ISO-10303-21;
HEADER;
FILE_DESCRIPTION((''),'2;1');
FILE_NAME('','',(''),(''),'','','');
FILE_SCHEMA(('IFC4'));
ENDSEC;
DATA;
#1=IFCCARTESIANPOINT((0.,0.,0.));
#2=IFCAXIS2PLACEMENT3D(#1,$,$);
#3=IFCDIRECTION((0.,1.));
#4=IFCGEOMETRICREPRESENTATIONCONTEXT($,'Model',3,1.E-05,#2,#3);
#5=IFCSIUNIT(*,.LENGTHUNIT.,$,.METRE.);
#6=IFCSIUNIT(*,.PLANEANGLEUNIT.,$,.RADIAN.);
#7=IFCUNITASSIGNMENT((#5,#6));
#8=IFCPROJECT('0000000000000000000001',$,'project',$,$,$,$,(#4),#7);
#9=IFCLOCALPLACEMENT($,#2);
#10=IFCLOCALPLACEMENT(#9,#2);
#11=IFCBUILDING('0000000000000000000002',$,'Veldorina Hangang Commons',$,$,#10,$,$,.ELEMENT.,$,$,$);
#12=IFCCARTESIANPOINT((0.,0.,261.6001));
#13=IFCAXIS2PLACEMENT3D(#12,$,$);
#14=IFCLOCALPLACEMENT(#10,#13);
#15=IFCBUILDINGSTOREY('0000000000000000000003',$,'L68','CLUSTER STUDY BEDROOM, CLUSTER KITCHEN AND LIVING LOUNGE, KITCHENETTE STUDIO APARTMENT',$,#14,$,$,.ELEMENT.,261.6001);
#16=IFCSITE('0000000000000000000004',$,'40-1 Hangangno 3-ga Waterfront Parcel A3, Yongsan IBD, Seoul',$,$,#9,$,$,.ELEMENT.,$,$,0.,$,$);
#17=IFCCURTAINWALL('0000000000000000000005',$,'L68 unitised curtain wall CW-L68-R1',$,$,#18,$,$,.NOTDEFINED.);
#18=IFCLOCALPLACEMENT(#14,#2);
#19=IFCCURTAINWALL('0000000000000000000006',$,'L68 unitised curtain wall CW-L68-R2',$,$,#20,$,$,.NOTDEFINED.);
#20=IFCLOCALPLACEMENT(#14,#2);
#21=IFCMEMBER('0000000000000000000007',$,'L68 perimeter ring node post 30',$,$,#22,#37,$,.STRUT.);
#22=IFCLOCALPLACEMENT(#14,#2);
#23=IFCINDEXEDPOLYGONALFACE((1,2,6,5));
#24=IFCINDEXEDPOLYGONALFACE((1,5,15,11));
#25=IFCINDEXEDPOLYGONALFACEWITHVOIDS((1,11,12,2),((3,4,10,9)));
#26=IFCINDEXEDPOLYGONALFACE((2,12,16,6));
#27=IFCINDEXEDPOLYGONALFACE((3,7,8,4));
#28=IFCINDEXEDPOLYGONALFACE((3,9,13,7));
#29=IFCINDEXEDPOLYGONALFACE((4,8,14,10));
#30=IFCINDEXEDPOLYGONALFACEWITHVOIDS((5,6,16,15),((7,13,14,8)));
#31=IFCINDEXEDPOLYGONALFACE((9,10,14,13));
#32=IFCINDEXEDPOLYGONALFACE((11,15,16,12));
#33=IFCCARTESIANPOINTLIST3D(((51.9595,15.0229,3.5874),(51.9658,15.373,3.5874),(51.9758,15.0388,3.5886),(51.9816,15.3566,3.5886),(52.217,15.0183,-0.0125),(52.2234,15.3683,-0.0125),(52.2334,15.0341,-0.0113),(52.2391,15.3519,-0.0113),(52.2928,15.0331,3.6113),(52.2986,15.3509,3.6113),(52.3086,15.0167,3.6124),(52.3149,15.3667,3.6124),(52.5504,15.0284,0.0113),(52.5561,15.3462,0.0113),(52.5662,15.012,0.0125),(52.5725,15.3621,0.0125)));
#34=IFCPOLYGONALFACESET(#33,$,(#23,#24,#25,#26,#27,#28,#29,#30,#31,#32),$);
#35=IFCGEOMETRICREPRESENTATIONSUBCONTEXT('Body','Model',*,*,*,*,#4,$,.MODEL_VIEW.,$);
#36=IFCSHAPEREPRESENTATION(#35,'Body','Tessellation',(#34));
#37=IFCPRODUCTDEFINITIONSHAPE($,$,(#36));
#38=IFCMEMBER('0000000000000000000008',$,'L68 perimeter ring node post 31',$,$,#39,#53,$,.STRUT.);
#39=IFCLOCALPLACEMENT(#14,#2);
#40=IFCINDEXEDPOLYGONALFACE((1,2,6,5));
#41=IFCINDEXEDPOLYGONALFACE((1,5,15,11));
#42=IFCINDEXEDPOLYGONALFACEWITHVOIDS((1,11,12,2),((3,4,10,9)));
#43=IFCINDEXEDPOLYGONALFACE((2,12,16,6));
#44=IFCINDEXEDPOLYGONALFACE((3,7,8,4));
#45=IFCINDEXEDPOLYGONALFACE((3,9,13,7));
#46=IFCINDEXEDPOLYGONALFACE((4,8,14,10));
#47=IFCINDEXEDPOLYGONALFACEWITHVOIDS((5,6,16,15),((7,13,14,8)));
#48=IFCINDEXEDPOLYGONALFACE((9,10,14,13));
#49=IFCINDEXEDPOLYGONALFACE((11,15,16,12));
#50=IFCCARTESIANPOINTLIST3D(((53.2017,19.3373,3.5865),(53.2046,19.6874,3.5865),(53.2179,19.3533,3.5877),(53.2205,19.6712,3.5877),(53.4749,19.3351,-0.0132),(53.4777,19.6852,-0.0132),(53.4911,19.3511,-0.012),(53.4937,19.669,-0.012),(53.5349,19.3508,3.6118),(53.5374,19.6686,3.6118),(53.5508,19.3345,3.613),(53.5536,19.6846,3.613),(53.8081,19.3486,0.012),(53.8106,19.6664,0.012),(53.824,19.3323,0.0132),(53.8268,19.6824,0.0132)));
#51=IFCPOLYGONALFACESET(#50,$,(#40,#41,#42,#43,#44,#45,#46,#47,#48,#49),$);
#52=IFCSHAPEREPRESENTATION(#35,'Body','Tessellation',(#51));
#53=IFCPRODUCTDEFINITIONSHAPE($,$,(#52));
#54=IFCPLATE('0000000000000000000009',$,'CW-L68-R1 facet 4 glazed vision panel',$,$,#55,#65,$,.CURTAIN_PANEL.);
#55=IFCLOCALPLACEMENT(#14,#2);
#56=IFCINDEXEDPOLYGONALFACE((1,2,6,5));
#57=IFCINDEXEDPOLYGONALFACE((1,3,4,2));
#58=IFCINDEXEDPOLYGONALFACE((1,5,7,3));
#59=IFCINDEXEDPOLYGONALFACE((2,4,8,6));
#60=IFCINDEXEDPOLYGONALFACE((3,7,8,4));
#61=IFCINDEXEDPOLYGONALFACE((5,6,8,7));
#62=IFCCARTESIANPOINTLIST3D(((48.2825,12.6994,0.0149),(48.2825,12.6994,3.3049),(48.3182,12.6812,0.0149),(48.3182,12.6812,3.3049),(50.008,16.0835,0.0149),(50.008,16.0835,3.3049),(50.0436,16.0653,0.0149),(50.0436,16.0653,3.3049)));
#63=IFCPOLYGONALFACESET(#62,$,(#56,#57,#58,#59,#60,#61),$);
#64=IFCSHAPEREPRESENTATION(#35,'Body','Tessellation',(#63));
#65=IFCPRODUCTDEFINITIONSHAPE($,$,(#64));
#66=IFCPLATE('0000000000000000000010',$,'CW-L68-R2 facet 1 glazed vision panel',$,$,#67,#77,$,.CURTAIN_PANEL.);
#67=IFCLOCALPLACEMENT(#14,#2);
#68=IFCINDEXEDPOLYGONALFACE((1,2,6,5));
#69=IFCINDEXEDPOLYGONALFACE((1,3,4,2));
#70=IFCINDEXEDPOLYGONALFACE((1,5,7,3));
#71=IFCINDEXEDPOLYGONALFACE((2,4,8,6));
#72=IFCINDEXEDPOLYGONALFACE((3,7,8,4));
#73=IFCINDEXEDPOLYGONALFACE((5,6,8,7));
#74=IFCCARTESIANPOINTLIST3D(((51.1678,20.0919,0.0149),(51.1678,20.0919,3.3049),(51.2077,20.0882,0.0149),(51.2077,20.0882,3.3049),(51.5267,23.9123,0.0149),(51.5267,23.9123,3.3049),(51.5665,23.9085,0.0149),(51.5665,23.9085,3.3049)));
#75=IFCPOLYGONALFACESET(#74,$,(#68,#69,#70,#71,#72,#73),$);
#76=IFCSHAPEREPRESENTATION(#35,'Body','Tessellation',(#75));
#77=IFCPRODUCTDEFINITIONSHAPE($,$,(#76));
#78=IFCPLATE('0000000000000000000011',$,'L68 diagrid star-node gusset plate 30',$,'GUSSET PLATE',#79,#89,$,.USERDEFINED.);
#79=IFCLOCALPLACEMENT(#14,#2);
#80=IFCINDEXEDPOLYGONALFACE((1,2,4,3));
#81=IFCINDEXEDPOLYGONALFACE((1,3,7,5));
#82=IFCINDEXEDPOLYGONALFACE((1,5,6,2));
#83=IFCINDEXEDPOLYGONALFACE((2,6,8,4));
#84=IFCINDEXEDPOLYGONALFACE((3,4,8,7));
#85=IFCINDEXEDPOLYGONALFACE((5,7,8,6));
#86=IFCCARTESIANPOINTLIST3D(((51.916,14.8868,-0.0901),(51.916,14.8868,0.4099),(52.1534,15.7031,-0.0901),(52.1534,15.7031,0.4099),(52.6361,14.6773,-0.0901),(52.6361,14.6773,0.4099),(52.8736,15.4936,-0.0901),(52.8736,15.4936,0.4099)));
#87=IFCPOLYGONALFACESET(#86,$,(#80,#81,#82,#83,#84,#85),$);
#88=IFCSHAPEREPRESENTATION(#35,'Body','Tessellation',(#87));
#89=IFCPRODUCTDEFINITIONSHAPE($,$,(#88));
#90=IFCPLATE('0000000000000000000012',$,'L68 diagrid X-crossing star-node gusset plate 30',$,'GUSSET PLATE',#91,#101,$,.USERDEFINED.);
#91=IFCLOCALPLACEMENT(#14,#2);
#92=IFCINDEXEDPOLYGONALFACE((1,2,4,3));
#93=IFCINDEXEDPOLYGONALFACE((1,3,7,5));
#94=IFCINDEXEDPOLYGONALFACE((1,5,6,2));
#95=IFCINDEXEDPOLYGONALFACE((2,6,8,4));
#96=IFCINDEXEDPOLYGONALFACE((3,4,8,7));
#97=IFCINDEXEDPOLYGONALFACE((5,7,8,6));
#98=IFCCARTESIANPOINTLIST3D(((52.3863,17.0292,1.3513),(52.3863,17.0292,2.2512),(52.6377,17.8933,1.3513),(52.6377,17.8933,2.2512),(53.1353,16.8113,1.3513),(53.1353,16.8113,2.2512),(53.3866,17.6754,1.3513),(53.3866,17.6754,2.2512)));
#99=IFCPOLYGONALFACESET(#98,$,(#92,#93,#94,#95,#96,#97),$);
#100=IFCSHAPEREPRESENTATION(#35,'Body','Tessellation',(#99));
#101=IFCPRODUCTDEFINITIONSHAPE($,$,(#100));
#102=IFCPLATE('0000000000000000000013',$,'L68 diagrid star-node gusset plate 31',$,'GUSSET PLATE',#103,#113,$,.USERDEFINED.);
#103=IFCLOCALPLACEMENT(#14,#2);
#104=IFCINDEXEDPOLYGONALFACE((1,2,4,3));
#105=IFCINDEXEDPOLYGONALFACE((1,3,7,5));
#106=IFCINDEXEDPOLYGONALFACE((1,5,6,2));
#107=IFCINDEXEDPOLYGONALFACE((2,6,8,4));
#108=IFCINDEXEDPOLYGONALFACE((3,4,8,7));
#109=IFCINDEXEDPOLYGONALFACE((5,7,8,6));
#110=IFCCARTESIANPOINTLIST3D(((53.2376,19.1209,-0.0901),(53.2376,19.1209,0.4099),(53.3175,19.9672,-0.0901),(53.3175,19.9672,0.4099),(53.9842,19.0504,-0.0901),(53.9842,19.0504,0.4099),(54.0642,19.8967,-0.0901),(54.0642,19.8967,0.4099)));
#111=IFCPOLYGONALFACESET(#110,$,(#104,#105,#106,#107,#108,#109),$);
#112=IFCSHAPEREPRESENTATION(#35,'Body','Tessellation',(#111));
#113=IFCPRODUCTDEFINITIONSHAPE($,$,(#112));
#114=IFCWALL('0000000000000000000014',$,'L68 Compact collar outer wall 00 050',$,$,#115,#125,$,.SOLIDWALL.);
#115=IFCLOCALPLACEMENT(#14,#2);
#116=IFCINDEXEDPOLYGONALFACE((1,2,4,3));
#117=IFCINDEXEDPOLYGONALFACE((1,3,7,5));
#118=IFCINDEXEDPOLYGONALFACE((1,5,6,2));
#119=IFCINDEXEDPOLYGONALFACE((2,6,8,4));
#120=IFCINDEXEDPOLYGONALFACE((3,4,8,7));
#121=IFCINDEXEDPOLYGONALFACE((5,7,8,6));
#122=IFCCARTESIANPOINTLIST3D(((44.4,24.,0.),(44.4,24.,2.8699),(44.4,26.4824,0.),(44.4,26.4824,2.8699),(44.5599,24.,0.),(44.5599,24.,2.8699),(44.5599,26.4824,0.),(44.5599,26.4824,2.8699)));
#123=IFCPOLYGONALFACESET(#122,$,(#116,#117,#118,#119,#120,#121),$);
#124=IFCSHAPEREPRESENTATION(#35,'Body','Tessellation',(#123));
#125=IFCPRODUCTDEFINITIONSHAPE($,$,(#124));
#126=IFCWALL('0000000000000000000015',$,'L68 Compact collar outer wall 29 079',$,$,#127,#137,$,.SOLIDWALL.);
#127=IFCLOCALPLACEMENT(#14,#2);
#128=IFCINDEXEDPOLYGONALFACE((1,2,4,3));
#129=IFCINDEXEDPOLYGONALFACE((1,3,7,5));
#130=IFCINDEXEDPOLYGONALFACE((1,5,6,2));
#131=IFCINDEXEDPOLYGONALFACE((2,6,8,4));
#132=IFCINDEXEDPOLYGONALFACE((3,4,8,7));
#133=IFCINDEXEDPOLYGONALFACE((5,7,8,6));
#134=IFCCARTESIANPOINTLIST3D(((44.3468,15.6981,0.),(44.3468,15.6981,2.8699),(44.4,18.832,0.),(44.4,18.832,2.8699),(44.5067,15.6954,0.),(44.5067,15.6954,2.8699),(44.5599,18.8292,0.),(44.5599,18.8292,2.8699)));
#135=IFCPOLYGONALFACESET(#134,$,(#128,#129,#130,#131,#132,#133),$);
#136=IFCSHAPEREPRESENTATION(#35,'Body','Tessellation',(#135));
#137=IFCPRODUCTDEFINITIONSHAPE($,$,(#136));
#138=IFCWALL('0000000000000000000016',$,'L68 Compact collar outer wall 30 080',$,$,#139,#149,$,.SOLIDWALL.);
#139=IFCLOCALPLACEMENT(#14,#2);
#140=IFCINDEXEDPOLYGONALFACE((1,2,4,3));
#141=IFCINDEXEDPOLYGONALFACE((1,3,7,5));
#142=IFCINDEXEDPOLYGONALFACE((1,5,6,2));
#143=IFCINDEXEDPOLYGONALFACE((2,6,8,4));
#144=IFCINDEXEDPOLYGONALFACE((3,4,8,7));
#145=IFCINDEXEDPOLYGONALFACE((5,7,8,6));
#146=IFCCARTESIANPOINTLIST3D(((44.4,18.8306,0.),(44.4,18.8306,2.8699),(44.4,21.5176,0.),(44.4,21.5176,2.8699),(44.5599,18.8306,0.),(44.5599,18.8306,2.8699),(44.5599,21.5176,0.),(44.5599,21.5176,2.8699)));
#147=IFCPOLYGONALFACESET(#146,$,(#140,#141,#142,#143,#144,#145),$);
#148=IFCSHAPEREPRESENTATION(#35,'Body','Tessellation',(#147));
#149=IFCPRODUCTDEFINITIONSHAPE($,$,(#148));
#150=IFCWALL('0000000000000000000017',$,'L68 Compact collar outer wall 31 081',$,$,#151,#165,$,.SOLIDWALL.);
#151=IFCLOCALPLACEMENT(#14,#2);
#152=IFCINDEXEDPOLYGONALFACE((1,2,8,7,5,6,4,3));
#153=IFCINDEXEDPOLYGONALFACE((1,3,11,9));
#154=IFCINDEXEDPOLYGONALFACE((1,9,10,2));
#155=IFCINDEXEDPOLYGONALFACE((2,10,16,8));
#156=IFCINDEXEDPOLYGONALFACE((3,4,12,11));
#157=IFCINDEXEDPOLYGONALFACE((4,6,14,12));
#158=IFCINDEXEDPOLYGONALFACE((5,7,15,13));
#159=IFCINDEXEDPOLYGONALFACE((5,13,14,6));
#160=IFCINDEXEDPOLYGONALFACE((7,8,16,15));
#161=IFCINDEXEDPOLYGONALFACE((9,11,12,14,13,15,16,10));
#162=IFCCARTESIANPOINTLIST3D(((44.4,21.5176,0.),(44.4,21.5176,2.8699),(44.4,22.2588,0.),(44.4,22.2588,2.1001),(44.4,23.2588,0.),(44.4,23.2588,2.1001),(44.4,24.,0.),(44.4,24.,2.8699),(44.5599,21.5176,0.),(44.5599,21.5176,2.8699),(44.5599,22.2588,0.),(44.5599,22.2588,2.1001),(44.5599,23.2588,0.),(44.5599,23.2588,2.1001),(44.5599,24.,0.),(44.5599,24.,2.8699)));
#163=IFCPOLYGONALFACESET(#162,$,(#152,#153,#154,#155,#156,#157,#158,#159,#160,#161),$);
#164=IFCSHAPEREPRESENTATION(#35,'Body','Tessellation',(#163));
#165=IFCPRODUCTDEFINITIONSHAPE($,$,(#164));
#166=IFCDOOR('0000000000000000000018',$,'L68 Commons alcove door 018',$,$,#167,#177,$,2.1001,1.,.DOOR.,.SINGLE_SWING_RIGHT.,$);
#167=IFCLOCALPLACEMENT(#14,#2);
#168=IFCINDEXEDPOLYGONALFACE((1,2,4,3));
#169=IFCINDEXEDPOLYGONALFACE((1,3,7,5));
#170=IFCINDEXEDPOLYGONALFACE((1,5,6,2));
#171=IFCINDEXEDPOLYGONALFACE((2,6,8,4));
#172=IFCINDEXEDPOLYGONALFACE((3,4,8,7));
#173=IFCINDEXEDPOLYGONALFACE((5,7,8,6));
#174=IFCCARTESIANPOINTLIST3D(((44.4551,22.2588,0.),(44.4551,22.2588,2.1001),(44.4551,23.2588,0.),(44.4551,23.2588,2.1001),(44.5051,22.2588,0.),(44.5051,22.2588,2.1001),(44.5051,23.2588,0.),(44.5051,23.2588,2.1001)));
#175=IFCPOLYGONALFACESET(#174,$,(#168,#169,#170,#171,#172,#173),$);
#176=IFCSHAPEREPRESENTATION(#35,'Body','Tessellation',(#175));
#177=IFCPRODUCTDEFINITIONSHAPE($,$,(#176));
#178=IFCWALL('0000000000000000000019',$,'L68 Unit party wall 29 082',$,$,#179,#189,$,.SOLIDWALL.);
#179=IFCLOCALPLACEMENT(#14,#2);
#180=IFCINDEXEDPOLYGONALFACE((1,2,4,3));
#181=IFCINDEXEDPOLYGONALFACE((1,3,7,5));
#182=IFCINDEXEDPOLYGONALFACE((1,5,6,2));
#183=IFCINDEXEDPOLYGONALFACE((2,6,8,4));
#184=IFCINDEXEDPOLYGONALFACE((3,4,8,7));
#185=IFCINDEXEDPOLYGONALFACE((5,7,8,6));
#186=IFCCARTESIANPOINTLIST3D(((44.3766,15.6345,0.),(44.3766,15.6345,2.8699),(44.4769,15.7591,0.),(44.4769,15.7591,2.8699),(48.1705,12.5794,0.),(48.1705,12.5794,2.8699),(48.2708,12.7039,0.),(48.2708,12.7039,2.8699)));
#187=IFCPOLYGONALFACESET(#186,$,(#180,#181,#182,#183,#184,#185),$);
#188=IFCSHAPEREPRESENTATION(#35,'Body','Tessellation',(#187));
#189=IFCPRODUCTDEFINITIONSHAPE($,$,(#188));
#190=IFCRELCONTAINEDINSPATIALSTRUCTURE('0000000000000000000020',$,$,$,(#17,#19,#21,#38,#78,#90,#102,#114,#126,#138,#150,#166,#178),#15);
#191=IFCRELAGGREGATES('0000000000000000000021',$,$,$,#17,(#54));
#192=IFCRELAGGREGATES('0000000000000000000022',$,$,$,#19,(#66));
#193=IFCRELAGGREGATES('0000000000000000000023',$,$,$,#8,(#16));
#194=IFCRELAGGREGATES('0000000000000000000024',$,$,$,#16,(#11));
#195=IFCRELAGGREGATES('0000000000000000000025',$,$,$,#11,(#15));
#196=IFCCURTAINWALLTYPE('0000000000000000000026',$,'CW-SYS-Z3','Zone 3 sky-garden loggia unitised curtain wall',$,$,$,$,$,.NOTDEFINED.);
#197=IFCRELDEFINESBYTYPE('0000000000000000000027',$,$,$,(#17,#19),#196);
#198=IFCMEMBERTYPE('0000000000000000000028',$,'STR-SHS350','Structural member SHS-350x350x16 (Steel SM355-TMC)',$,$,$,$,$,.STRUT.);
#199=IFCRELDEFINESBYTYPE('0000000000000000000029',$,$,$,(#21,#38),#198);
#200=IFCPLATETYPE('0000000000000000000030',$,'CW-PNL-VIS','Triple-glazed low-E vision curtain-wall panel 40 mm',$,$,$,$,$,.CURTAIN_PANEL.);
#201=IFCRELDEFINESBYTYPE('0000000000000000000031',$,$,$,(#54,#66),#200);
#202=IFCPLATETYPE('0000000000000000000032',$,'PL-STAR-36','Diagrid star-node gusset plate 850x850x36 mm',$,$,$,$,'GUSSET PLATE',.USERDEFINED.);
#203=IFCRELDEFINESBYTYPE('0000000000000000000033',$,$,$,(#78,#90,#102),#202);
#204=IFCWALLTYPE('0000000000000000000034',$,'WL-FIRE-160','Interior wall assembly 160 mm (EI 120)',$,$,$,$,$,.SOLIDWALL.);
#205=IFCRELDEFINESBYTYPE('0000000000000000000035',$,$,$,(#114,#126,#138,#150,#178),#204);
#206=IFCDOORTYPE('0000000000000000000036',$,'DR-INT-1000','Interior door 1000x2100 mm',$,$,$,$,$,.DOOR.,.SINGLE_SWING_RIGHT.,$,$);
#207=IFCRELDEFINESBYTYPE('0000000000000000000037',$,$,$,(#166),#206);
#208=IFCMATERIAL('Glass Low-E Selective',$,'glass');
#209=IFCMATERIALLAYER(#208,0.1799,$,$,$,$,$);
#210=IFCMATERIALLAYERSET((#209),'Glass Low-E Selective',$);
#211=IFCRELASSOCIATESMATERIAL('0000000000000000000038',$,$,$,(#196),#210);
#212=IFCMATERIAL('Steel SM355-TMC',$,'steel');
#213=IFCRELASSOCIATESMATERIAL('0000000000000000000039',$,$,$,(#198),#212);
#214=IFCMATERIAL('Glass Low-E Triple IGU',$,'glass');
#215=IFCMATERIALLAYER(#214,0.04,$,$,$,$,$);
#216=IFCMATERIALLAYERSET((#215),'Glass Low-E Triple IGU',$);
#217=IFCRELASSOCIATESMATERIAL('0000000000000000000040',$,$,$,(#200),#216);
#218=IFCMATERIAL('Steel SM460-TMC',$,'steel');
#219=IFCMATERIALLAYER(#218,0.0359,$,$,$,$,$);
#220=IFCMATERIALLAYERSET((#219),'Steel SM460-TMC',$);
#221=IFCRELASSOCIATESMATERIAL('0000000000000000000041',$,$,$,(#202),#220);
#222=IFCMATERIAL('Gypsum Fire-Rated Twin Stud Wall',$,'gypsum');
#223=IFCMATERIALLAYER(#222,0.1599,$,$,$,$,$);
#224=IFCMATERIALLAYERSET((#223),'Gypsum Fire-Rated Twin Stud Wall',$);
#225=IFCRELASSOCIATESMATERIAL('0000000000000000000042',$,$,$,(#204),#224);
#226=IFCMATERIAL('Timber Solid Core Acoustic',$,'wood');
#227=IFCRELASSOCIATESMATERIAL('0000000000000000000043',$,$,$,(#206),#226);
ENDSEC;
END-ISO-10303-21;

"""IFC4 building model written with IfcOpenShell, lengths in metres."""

from ifc_helpers import new_model, si_unit, direction, frame, frame_2d, origin, origin_2d, place, context, subcontext, project, spatial, rectangle, hollow_rectangle, extrude, material, layer, layer_set, material_profile, profile_set, type_object, element, fill, aggregate, save


model = new_model("IFC4")

# Units and contexts
model_context = context("Model", 3, precision=1e-05, world=origin(), true_north=direction((0.0, 1.0)))
body_context = subcontext(model_context, "Body", "Model", "MODEL_VIEW")
ifc_project = project(units=[si_unit("LENGTHUNIT", "METRE"), si_unit("PLANEANGLEUNIT", "RADIAN")], contexts=[model_context])

# Site, building, storey
site_placement = place(None, origin())
site = spatial("IfcSite", under=ifc_project, at=site_placement, Name="40-1 Hangangno 3-ga Waterfront Parcel A3, Yongsan IBD, Seoul", CompositionType="ELEMENT", RefElevation=0.0)
building_placement = place(site_placement, origin())
building = spatial("IfcBuilding", under=site, at=building_placement, Name="Veldorina Hangang Commons", CompositionType="ELEMENT")
storey_placement = place(building_placement, frame((0.0, 0.0, 261.6001)))
storey = spatial("IfcBuildingStorey", under=building, at=storey_placement, Name="L68", Description="CLUSTER STUDY BEDROOM, CLUSTER KITCHEN AND LIVING LOUNGE, KITCHENETTE STUDIO APARTMENT", CompositionType="ELEMENT", Elevation=261.6001)

# Shared definitions
ifc_material_1 = material(Name="Steel SM355-TMC", Category="steel")

# Curtain wall
ifc_material_2 = material(Name="Glass Low-E Selective", Category="glass")
ifc_layer_1 = layer(ifc_material_2, 0.1799)
ifc_layer_set_1 = layer_set([ifc_layer_1], Name="Glass Low-E Selective")
curtain_wall_type = type_object("IfcCurtainWallType", Name="CW-SYS-Z3", Description="Zone 3 sky-garden loggia unitised curtain wall", PredefinedType="NOTDEFINED", material=ifc_layer_set_1)
curtain_wall_1_placement = place(storey_placement, origin())
curtain_wall_1 = element("IfcCurtainWall", 1, at=curtain_wall_1_placement, inside=storey, type_object=curtain_wall_type, Name="L68 unitised curtain wall CW-L68-R1", PredefinedType="NOTDEFINED")

# Curtain wall
curtain_wall_2_placement = place(storey_placement, origin())
curtain_wall_2 = element("IfcCurtainWall", 2, at=curtain_wall_2_placement, inside=storey, type_object=curtain_wall_type, Name="L68 unitised curtain wall CW-L68-R2", PredefinedType="NOTDEFINED")

# Members
ifc_material_profile_1 = material_profile(ifc_material_1, hollow_rectangle(XDim=0.3501, YDim=0.3501, WallThickness=0.0161, at=origin_2d()), Name="SHS-350x350x16")
ifc_profile_set_1 = profile_set([ifc_material_profile_1], Name="Steel SM355-TMC")
member_type_1 = type_object("IfcMemberType", Name="STR-SHS350", Description="Structural member SHS-350x350x16 (Steel SM355-TMC)", PredefinedType="STRUT", material=ifc_profile_set_1)
member_1_placement = place(storey_placement, frame((52.3948, 15.1902, 0.0), z_axis=(-0.071367, 0.001285, 0.997449), x_axis=(-0.018007, -0.999838, 0.0)))
element("IfcMember", 3, at=member_1_placement, inside=storey, type_object=member_type_1, Name="L68 perimeter ring node post 30", PredefinedType="STRUT", context=body_context, shape_type="SweptSolid", body=[
    extrude(hollow_rectangle(XDim=0.3501, YDim=0.3501, WallThickness=0.0161, at=origin_2d()), origin(), (0.0, 0.0, 1.0), 3.6091),
])
member_2_placement = place(storey_placement, frame((53.6509, 19.5088, 0.0), z_axis=(-0.075673, 0.000609, 0.997133), x_axis=(-0.008043, -0.999968, 0.0)))
element("IfcMember", 4, at=member_2_placement, inside=storey, type_object=member_type_1, Name="L68 perimeter ring node post 31", PredefinedType="STRUT", context=body_context, shape_type="SweptSolid", body=[
    extrude(hollow_rectangle(XDim=0.3501, YDim=0.3501, WallThickness=0.0161, at=origin_2d()), origin(), (0.0, 0.0, 1.0), 3.6101),
])

# Plates
ifc_material_3 = material(Name="Glass Low-E Triple IGU", Category="glass")
ifc_layer_2 = layer(ifc_material_3, 0.04)
ifc_layer_set_2 = layer_set([ifc_layer_2], Name="Glass Low-E Triple IGU")
plate_type_1 = type_object("IfcPlateType", Name="CW-PNL-VIS", Description="Triple-glazed low-E vision curtain-wall panel 40 mm", PredefinedType="CURTAIN_PANEL", material=ifc_layer_set_2)
plate_1_placement = place(storey_placement, frame((49.1631, 14.3823, 0.0149), z_axis=(0.0, 0.0, 1.0), x_axis=(0.454224, 0.890888, 0.0)))
plate_1 = element("IfcPlate", 5, at=plate_1_placement, type_object=plate_type_1, Name="CW-L68-R1 facet 4 glazed vision panel", PredefinedType="CURTAIN_PANEL", context=body_context, shape_type="SweptSolid", body=[
    extrude(rectangle(XDim=3.7986, YDim=0.04, at=origin_2d()), origin(), (0.0, 0.0, 1.0), 3.29),
])
aggregate(curtain_wall_1, [plate_1])
plate_2_placement = place(storey_placement, frame((51.3672, 22.0002, 0.0149), z_axis=(0.0, 0.0, 1.0), x_axis=(0.093518, 0.995618, 0.0)))
plate_2 = element("IfcPlate", 6, at=plate_2_placement, type_object=plate_type_1, Name="CW-L68-R2 facet 1 glazed vision panel", PredefinedType="CURTAIN_PANEL", context=body_context, shape_type="SweptSolid", body=[
    extrude(rectangle(XDim=3.8372, YDim=0.04, at=origin_2d()), origin(), (0.0, 0.0, 1.0), 3.29),
])
aggregate(curtain_wall_2, [plate_2])

# Plates
ifc_material_4 = material(Name="Steel SM460-TMC", Category="steel")
ifc_layer_3 = layer(ifc_material_4, 0.0359)
ifc_layer_set_3 = layer_set([ifc_layer_3], Name="Steel SM460-TMC")
plate_type_2 = type_object("IfcPlateType", Name="PL-STAR-36", Description="Diagrid star-node gusset plate 850x850x36 mm", ElementType="GUSSET PLATE", PredefinedType="USERDEFINED", material=ifc_layer_set_3)
plate_3_placement = place(storey_placement, frame((52.3948, 15.1902, -0.0901), z_axis=(0.0, 0.0, 1.0), x_axis=(0.27931, 0.960201, 0.0)))
element("IfcPlate", 7, at=plate_3_placement, inside=storey, type_object=plate_type_2, Name="L68 diagrid star-node gusset plate 30", ObjectType="GUSSET PLATE", PredefinedType="USERDEFINED", context=body_context, shape_type="SweptSolid", body=[
    extrude(rectangle(XDim=0.8501, YDim=0.75, at=origin_2d()), origin(), (0.0, 0.0, 1.0), 0.5),
])
plate_4_placement = place(storey_placement, frame((52.8865, 17.3523, 1.3513), z_axis=(0.0, 0.0, 1.0), x_axis=(0.27931, 0.960201, 0.0)))
element("IfcPlate", 8, at=plate_4_placement, inside=storey, type_object=plate_type_2, Name="L68 diagrid X-crossing star-node gusset plate 30", ObjectType="GUSSET PLATE", PredefinedType="USERDEFINED", context=body_context, shape_type="SweptSolid", body=[
    extrude(rectangle(XDim=0.8999, YDim=0.78, at=origin_2d()), origin(), (0.0, 0.0, 1.0), 0.8999),
])
plate_5_placement = place(storey_placement, frame((53.6509, 19.5088, -0.0901), z_axis=(0.0, 0.0, 1.0), x_axis=(0.094039, 0.995569, 0.0)))
element("IfcPlate", 9, at=plate_5_placement, inside=storey, type_object=plate_type_2, Name="L68 diagrid star-node gusset plate 31", ObjectType="GUSSET PLATE", PredefinedType="USERDEFINED", context=body_context, shape_type="SweptSolid", body=[
    extrude(rectangle(XDim=0.8501, YDim=0.75, at=origin_2d()), origin(), (0.0, 0.0, 1.0), 0.5),
])

# Walls
ifc_material_5 = material(Name="Gypsum Fire-Rated Twin Stud Wall", Category="gypsum")
ifc_layer_4 = layer(ifc_material_5, 0.1599)
ifc_layer_set_4 = layer_set([ifc_layer_4], Name="Gypsum Fire-Rated Twin Stud Wall")
wall_type_1 = type_object("IfcWallType", Name="WL-FIRE-160", Description="Interior wall assembly 160 mm (EI 120)", PredefinedType="SOLIDWALL", material=ifc_layer_set_4)
wall_1_placement = place(storey_placement, frame((44.48, 24.0, 0.0), z_axis=(0.0, 0.0, 1.0), x_axis=(0.0, 1.0, 0.0)))
element("IfcWall", 10, at=wall_1_placement, inside=storey, type_object=wall_type_1, Name="L68 Compact collar outer wall 00 050", PredefinedType="SOLIDWALL", context=body_context, shape_type="SweptSolid", body=[
    extrude(rectangle(XDim=2.4824, YDim=0.1599, at=frame_2d((1.2412, 0.0))), origin(), (0.0, 0.0, 1.0), 2.8699),
])
wall_2_placement = place(storey_placement, frame((44.4268, 15.6968, 0.0), z_axis=(0.0, 0.0, 1.0), x_axis=(0.016981, 0.999856, 0.0)))
element("IfcWall", 11, at=wall_2_placement, inside=storey, type_object=wall_type_1, Name="L68 Compact collar outer wall 29 079", PredefinedType="SOLIDWALL", context=body_context, shape_type="SweptSolid", body=[
    extrude(rectangle(XDim=3.1343, YDim=0.1599, at=frame_2d((1.5671, 0.0))), origin(), (0.0, 0.0, 1.0), 2.8699),
])
wall_3_placement = place(storey_placement, frame((44.48, 18.8306, 0.0), z_axis=(0.0, 0.0, 1.0), x_axis=(0.0, 1.0, 0.0)))
element("IfcWall", 12, at=wall_3_placement, inside=storey, type_object=wall_type_1, Name="L68 Compact collar outer wall 30 080", PredefinedType="SOLIDWALL", context=body_context, shape_type="SweptSolid", body=[
    extrude(rectangle(XDim=2.687, YDim=0.1599, at=frame_2d((1.3435, 0.0))), origin(), (0.0, 0.0, 1.0), 2.8699),
])

# Wall, opening, door
wall_4_placement = place(storey_placement, frame((44.48, 21.5176, 0.0), z_axis=(0.0, 0.0, 1.0), x_axis=(0.0, 1.0, 0.0)))
wall_4 = element("IfcWall", 13, at=wall_4_placement, inside=storey, type_object=wall_type_1, Name="L68 Compact collar outer wall 31 081", PredefinedType="SOLIDWALL", context=body_context, shape_type="SweptSolid", body=[
    extrude(rectangle(XDim=2.4824, YDim=0.1599, at=frame_2d((1.2412, 0.0))), origin(), (0.0, 0.0, 1.0), 2.8699),
])
opening_1_placement = place(wall_4_placement, frame((0.7412, 0.0, 0.0)))
opening_1 = element("IfcOpeningElement", 14, at=opening_1_placement, cuts=wall_4, PredefinedType="OPENING", context=body_context, shape_type="SweptSolid", body=[
    extrude(rectangle(XDim=1.0, YDim=2.1001, at=frame_2d((0.5, 1.05))), frame((0.0, 0.0898, 0.0), z_axis=(0.0, -1.0, 0.0), x_axis=(1.0, 0.0, 0.0)), (0.0, 0.0, 1.0), 0.1799),
])
ifc_material_6 = material(Name="Timber Solid Core Acoustic", Category="wood")
door_type_1 = type_object("IfcDoorType", Name="DR-INT-1000", Description="Interior door 1000x2100 mm", OperationType="SINGLE_SWING_RIGHT", PredefinedType="DOOR", material=ifc_material_6)
door_1_placement = place(opening_1_placement, origin())
door_1 = element("IfcDoor", 15, at=door_1_placement, inside=storey, type_object=door_type_1, Name="L68 Commons alcove door 018", OperationType="SINGLE_SWING_RIGHT", OverallHeight=2.1001, OverallWidth=1.0, PredefinedType="DOOR", context=body_context, shape_type="SweptSolid", body=[
    extrude(rectangle(XDim=1.0, YDim=2.1001, at=frame_2d((0.5, 1.05))), frame((0.0, 0.0249, 0.0), z_axis=(0.0, -1.0, 0.0), x_axis=(1.0, 0.0, 0.0)), (0.0, 0.0, 1.0), 0.05),
])
fill(opening_1, door_1)

# Wall
wall_5_placement = place(storey_placement, frame((44.4268, 15.6968, 0.0), z_axis=(0.0, 0.0, 1.0), x_axis=(0.77886, -0.627198, 0.0)))
element("IfcWall", 16, at=wall_5_placement, inside=storey, type_object=wall_type_1, Name="L68 Unit party wall 29 082", PredefinedType="SOLIDWALL", context=body_context, shape_type="SweptSolid", body=[
    extrude(rectangle(XDim=4.8711, YDim=0.1599, at=frame_2d((2.4355, 0.0))), origin(), (0.0, 0.0, 1.0), 2.8699),
])

save(model, "model.ifc")
